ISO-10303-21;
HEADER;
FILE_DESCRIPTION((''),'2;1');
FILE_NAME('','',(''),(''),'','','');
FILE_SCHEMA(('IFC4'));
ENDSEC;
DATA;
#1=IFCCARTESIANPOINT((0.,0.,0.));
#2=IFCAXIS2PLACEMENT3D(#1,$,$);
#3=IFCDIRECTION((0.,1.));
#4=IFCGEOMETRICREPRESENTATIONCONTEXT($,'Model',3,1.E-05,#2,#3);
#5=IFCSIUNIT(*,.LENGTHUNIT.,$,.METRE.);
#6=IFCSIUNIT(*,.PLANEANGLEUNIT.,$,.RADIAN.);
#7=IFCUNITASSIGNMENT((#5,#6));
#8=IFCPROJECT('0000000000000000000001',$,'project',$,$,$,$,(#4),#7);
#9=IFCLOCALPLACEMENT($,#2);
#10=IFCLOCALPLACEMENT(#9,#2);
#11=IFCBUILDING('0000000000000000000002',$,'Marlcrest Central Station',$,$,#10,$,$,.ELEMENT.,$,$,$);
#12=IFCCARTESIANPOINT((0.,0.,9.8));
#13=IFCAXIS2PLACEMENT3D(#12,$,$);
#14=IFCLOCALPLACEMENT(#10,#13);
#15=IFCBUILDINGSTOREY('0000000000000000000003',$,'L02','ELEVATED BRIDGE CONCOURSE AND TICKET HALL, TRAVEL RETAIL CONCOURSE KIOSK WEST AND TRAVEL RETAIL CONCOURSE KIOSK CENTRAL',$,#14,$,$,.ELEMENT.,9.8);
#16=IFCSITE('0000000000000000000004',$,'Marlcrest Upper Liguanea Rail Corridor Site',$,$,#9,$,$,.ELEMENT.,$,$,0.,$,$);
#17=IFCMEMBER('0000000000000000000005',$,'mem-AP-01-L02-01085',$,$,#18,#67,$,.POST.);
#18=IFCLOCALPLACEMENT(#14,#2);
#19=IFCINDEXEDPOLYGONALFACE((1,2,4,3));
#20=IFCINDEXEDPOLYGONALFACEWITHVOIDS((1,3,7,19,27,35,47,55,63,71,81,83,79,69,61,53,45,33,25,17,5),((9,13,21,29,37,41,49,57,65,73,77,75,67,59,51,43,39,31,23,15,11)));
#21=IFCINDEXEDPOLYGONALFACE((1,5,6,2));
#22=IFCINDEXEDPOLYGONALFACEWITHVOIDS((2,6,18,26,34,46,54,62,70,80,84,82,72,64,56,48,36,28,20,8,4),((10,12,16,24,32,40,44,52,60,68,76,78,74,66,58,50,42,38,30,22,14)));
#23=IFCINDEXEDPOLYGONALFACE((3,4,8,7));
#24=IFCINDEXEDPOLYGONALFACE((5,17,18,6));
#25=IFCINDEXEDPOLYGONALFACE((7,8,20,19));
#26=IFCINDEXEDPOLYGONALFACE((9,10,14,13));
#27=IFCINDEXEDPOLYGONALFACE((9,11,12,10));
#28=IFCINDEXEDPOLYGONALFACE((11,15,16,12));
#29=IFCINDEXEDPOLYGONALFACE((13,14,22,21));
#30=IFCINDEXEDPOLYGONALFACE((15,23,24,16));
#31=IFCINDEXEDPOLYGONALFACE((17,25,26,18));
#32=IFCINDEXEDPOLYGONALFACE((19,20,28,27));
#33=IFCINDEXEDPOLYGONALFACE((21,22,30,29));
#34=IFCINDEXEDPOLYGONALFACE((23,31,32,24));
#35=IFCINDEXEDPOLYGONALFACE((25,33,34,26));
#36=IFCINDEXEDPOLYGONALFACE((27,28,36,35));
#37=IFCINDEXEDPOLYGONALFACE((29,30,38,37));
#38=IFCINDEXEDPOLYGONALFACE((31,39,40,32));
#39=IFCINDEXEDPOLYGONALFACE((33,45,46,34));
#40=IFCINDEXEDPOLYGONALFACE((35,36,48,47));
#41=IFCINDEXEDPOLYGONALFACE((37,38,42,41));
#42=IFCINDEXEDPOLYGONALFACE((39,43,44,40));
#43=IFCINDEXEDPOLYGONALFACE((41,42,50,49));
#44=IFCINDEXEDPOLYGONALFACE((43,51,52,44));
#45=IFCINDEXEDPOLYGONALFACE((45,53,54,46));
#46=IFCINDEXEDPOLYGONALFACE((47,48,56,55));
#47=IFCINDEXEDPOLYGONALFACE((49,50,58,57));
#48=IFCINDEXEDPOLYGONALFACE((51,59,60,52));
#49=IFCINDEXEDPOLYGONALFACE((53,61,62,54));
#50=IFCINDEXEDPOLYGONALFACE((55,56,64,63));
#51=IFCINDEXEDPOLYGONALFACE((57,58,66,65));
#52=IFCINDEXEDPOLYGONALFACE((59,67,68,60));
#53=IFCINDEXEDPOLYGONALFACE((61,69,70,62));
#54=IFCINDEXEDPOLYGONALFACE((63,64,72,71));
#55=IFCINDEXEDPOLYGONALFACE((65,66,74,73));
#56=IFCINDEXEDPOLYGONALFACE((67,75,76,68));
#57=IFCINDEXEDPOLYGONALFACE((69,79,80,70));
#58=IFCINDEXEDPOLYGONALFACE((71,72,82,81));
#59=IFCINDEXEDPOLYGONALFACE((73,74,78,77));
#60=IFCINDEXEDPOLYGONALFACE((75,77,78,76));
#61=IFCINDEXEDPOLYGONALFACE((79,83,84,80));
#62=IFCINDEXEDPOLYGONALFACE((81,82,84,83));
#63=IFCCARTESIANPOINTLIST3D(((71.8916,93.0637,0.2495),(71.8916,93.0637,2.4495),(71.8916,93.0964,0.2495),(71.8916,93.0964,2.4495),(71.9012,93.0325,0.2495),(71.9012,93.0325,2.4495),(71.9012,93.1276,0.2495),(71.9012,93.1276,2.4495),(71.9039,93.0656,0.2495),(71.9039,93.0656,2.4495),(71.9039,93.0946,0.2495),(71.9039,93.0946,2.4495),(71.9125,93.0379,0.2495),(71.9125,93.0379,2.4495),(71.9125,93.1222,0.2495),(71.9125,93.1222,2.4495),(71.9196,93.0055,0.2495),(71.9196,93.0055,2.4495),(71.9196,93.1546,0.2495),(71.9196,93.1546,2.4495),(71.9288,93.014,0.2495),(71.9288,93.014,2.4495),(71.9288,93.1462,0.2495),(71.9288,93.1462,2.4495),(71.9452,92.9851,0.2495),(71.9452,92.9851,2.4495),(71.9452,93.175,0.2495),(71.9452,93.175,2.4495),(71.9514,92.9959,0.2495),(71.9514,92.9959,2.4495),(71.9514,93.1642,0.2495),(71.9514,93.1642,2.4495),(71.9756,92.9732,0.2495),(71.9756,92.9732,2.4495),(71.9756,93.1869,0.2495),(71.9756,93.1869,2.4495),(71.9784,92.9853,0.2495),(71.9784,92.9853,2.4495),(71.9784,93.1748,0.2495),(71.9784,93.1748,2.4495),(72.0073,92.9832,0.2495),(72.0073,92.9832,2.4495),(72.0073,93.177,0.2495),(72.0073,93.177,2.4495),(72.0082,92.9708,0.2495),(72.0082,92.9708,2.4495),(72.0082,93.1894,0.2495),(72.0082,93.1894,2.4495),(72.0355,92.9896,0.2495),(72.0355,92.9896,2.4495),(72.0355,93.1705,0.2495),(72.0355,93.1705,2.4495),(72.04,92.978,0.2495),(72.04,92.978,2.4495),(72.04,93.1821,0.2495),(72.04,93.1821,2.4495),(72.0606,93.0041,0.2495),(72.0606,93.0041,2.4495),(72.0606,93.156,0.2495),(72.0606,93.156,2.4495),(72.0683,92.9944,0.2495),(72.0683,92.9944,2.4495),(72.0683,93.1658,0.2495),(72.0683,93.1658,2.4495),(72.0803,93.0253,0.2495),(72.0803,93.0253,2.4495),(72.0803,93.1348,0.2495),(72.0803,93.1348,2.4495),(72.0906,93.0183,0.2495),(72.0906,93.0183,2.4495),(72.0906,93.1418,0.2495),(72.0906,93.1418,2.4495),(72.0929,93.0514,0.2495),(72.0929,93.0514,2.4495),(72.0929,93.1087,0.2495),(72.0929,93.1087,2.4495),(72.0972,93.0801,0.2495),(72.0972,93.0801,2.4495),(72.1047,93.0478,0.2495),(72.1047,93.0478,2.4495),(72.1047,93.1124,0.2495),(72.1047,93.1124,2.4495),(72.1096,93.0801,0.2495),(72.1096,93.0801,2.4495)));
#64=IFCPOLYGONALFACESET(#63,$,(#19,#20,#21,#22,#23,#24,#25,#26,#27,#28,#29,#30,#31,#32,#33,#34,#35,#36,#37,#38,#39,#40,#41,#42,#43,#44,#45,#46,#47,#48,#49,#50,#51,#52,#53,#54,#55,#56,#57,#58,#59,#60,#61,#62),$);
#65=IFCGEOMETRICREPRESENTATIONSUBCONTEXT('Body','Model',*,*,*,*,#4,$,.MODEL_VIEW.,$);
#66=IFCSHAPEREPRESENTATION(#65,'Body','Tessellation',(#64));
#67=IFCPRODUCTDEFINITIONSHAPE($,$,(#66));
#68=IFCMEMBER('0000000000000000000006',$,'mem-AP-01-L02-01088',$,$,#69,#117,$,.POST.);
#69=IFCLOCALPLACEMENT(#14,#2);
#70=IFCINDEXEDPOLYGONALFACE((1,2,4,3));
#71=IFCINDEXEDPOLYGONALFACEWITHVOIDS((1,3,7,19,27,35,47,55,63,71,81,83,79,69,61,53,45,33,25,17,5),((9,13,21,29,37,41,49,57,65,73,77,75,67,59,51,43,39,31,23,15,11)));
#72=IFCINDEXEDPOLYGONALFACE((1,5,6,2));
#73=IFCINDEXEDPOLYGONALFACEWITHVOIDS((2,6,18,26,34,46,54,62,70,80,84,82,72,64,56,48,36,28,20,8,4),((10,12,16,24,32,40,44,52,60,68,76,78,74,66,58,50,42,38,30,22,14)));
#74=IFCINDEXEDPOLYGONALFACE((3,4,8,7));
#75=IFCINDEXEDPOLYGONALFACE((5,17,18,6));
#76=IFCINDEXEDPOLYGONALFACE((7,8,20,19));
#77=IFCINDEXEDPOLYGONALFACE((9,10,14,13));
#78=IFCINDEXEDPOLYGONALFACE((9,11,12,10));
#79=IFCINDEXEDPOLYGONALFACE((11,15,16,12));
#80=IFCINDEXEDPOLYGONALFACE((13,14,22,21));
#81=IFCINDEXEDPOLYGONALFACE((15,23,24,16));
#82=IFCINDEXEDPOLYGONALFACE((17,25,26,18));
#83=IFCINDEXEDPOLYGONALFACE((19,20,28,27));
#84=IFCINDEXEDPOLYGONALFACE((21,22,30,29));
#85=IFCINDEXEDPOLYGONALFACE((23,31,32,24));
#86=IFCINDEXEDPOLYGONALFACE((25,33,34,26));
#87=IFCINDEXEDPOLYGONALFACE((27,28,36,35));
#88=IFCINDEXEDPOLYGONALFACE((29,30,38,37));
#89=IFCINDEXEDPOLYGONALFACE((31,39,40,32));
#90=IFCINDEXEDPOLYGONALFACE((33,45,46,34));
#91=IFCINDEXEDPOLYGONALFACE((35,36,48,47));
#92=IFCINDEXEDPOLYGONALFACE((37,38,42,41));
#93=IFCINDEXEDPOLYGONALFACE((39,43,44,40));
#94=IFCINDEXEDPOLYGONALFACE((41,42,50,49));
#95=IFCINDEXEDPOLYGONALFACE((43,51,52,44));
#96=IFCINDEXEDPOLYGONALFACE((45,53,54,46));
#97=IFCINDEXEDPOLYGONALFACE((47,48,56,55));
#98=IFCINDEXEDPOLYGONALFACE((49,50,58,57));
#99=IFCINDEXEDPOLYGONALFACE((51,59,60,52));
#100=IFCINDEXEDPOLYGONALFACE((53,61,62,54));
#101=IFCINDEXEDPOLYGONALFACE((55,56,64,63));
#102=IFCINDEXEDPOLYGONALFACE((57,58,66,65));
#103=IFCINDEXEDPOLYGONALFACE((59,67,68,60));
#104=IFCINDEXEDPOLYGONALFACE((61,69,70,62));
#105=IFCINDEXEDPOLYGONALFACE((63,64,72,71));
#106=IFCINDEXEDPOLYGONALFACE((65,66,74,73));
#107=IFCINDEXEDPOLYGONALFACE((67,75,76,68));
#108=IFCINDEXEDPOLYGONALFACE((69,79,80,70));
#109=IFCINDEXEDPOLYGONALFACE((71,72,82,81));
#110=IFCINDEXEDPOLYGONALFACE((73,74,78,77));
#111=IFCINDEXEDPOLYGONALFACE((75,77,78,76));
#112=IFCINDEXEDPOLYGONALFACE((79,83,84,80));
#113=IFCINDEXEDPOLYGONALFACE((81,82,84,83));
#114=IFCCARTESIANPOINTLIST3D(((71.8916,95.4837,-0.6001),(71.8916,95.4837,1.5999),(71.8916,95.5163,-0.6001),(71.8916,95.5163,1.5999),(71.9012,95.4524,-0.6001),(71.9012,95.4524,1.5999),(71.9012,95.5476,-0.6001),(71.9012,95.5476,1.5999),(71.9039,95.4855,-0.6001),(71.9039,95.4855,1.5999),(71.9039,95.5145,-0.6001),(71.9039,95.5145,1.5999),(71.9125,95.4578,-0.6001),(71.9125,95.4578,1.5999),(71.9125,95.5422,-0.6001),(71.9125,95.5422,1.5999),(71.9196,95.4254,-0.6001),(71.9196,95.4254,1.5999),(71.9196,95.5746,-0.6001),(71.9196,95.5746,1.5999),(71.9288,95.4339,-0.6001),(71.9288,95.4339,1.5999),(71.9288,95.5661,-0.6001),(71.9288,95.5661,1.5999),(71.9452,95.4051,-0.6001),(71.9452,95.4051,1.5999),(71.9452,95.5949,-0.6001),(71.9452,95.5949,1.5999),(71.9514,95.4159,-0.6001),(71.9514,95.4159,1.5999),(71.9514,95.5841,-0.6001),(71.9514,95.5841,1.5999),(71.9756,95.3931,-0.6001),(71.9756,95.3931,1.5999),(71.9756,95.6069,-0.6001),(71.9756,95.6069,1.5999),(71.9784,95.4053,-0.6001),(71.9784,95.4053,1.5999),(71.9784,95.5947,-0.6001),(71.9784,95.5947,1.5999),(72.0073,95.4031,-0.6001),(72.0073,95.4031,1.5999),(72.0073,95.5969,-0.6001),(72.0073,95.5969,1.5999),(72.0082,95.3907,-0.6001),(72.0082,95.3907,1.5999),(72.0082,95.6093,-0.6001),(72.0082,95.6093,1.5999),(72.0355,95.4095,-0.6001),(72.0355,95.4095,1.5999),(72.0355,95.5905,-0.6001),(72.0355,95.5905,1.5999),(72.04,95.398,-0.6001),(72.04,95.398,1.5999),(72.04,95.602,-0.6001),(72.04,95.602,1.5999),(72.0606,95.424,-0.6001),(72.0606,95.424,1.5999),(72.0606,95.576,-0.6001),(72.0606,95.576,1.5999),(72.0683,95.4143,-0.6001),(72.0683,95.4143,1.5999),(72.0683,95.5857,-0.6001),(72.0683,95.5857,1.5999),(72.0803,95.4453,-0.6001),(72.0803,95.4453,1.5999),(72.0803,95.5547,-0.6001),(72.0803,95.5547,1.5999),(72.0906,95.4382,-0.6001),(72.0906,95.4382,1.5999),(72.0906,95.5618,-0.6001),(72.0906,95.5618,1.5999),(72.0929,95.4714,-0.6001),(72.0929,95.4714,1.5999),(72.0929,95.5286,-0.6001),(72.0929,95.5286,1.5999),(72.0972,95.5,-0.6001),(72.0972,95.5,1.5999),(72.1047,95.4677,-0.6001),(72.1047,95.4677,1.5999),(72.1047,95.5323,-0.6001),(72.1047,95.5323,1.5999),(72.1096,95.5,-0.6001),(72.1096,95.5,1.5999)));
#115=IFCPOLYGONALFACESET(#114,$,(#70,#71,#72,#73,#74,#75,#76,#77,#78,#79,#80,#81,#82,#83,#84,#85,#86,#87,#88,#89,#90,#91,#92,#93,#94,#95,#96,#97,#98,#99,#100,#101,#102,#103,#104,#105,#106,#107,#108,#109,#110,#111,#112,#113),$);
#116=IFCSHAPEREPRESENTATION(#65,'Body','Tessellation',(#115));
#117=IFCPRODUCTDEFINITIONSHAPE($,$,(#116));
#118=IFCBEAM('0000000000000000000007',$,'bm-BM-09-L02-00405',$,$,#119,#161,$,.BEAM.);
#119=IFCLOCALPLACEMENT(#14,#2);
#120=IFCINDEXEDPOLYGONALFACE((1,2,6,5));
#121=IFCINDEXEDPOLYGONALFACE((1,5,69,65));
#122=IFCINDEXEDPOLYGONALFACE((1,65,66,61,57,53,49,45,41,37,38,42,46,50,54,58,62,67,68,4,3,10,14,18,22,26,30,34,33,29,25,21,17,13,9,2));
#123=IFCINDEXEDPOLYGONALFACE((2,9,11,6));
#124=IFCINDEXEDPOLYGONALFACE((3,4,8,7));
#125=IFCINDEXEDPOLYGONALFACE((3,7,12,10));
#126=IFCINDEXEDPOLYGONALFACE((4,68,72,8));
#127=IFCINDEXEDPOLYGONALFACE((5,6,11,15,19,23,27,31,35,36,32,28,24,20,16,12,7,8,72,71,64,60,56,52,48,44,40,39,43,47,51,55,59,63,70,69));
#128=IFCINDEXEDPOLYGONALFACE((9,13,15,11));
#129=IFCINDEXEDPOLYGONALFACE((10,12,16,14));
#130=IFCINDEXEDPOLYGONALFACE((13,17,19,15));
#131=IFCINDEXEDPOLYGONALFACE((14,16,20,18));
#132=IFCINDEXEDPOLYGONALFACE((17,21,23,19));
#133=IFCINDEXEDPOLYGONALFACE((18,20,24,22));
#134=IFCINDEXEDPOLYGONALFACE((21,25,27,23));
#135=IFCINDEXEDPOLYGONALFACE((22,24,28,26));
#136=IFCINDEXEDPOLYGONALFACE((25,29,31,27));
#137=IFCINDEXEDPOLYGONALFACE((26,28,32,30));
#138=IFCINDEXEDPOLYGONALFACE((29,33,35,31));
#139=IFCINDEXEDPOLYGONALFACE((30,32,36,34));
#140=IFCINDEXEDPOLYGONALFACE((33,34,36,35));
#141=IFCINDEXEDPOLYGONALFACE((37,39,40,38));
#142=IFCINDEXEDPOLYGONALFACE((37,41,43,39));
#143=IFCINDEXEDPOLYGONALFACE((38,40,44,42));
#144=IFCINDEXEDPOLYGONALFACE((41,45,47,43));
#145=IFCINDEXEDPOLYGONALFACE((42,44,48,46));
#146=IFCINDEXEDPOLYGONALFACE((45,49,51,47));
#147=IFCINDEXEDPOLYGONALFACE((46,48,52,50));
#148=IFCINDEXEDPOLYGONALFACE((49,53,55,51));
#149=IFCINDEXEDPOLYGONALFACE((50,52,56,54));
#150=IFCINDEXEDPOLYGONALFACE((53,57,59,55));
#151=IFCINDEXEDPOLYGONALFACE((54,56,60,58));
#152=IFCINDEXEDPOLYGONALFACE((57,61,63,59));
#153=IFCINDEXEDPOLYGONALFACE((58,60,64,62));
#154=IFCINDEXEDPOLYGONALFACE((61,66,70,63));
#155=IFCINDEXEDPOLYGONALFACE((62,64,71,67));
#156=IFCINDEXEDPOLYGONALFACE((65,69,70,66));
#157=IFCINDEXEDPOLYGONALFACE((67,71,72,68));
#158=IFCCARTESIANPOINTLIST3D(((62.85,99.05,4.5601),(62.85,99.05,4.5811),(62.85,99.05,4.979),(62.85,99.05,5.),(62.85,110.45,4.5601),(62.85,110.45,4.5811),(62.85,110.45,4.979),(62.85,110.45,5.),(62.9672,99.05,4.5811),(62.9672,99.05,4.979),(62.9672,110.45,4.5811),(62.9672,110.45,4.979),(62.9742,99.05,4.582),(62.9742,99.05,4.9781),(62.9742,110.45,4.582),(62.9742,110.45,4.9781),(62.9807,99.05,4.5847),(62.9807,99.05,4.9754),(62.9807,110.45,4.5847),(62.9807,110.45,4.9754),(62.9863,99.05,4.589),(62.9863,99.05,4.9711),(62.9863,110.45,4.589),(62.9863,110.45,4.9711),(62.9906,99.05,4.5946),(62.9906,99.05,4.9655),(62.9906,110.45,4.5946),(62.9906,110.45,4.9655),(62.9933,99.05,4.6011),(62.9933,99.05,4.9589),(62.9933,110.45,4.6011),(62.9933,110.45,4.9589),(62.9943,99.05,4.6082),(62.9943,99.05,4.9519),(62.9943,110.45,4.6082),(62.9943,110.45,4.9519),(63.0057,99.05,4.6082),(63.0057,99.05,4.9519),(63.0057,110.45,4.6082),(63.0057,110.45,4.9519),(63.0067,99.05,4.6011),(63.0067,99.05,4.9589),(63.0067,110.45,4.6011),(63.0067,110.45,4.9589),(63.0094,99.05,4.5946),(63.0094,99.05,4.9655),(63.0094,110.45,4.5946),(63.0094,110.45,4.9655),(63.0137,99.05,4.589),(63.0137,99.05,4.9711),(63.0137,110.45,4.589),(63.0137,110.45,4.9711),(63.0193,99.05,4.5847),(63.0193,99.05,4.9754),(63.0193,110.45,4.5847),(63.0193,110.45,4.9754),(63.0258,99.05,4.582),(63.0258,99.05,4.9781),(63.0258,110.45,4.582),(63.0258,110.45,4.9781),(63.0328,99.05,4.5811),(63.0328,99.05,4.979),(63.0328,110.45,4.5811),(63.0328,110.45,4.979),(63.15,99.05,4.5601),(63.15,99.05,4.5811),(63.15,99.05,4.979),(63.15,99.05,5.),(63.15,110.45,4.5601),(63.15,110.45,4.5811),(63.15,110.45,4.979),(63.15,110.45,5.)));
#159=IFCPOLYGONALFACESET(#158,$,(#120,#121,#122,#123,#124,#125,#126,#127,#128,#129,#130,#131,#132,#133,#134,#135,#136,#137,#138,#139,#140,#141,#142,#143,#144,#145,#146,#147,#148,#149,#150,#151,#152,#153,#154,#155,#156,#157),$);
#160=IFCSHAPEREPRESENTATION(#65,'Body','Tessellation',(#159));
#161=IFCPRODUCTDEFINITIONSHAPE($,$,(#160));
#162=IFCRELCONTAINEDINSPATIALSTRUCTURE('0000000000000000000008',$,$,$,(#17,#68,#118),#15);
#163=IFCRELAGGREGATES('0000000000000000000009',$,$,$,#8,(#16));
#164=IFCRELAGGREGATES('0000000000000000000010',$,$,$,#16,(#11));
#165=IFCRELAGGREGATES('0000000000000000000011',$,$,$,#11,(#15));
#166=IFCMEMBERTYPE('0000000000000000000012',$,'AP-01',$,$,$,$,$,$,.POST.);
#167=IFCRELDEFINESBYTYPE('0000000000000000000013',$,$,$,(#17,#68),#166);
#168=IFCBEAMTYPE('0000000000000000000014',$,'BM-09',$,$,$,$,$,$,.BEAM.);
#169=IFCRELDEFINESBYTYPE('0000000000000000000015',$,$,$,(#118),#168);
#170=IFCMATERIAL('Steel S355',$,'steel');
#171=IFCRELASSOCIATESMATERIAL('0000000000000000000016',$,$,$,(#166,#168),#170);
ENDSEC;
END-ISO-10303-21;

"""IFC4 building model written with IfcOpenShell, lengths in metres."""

from ifc_helpers import new_model, si_unit, direction, frame, origin, origin_2d, place, context, subcontext, project, spatial, hollow_circle, i_section, extrude, material, material_profile, profile_set, type_object, element, save


model = new_model("IFC4")

# Units and contexts
model_context = context("Model", 3, precision=1e-05, world=origin(), true_north=direction((0.0, 1.0)))
body_context = subcontext(model_context, "Body", "Model", "MODEL_VIEW")
ifc_project = project(units=[si_unit("LENGTHUNIT", "METRE"), si_unit("PLANEANGLEUNIT", "RADIAN")], contexts=[model_context])

# Site, building, storey
site_placement = place(None, origin())
site = spatial("IfcSite", under=ifc_project, at=site_placement, Name="Marlcrest Upper Liguanea Rail Corridor Site", CompositionType="ELEMENT", RefElevation=0.0)
building_placement = place(site_placement, origin())
building = spatial("IfcBuilding", under=site, at=building_placement, Name="Marlcrest Central Station", CompositionType="ELEMENT")
storey_placement = place(building_placement, frame((0.0, 0.0, 9.8)))
storey = spatial("IfcBuildingStorey", under=building, at=storey_placement, Name="L02", Description="ELEVATED BRIDGE CONCOURSE AND TICKET HALL, TRAVEL RETAIL CONCOURSE KIOSK WEST AND TRAVEL RETAIL CONCOURSE KIOSK CENTRAL", CompositionType="ELEMENT", Elevation=9.8)

# Shared definitions
ifc_material_1 = material(Name="Steel S355", Category="steel")

# Members
ifc_material_profile_1 = material_profile(ifc_material_1, hollow_circle(Radius=0.1096, WallThickness=0.0125, at=origin_2d()), Name="CHS 219.1x12.5")
ifc_profile_set_1 = profile_set([ifc_material_profile_1], Name="Steel S355")
member_type_1 = type_object("IfcMemberType", Name="AP-01", PredefinedType="POST", material=ifc_profile_set_1)
for number, where, z_axis, x_axis, name in (
    (1, (72.0, 93.0801, 0.2495), (0.0, 0.0, 1.0), (1.0, 0.0, 0.0), "mem-AP-01-L02-01085"),
    (2, (72.0, 95.5, -0.6001), (0.0, 0.0, 1.0), (1.0, 0.0, 0.0), "mem-AP-01-L02-01088"),
):
    element("IfcMember", number, at=place(storey_placement, frame(where, z_axis=z_axis, x_axis=x_axis)), inside=storey, type_object=member_type_1, Name=name, PredefinedType="POST", context=body_context, shape_type="SweptSolid", body=[
        extrude(hollow_circle(Radius=0.1096, WallThickness=0.0125, at=origin_2d()), origin(), (0.0, 0.0, 1.0), 2.2),
    ])

# Beam
ifc_material_profile_2 = material_profile(ifc_material_1, i_section(OverallWidth=0.3, OverallDepth=0.4399, WebThickness=0.0115, FlangeThickness=0.021, FilletRadius=0.0271, at=origin_2d()), Name="HEA 450")
ifc_profile_set_2 = profile_set([ifc_material_profile_2], Name="Steel S355")
beam_type_1 = type_object("IfcBeamType", Name="BM-09", PredefinedType="BEAM", material=ifc_profile_set_2)
beam_1_placement = place(storey_placement, frame((63.0, 99.05, 4.78), z_axis=(0.0, 1.0, 0.0), x_axis=(-1.0, 0.0, 0.0)))
element("IfcBeam", 3, at=beam_1_placement, inside=storey, type_object=beam_type_1, Name="bm-BM-09-L02-00405", PredefinedType="BEAM", context=body_context, shape_type="SweptSolid", body=[
    extrude(i_section(OverallWidth=0.3, OverallDepth=0.4399, WebThickness=0.0115, FlangeThickness=0.021, FilletRadius=0.0271, at=origin_2d()), origin(), (0.0, 0.0, 1.0), 11.3999),
])

save(model, "model.ifc")
